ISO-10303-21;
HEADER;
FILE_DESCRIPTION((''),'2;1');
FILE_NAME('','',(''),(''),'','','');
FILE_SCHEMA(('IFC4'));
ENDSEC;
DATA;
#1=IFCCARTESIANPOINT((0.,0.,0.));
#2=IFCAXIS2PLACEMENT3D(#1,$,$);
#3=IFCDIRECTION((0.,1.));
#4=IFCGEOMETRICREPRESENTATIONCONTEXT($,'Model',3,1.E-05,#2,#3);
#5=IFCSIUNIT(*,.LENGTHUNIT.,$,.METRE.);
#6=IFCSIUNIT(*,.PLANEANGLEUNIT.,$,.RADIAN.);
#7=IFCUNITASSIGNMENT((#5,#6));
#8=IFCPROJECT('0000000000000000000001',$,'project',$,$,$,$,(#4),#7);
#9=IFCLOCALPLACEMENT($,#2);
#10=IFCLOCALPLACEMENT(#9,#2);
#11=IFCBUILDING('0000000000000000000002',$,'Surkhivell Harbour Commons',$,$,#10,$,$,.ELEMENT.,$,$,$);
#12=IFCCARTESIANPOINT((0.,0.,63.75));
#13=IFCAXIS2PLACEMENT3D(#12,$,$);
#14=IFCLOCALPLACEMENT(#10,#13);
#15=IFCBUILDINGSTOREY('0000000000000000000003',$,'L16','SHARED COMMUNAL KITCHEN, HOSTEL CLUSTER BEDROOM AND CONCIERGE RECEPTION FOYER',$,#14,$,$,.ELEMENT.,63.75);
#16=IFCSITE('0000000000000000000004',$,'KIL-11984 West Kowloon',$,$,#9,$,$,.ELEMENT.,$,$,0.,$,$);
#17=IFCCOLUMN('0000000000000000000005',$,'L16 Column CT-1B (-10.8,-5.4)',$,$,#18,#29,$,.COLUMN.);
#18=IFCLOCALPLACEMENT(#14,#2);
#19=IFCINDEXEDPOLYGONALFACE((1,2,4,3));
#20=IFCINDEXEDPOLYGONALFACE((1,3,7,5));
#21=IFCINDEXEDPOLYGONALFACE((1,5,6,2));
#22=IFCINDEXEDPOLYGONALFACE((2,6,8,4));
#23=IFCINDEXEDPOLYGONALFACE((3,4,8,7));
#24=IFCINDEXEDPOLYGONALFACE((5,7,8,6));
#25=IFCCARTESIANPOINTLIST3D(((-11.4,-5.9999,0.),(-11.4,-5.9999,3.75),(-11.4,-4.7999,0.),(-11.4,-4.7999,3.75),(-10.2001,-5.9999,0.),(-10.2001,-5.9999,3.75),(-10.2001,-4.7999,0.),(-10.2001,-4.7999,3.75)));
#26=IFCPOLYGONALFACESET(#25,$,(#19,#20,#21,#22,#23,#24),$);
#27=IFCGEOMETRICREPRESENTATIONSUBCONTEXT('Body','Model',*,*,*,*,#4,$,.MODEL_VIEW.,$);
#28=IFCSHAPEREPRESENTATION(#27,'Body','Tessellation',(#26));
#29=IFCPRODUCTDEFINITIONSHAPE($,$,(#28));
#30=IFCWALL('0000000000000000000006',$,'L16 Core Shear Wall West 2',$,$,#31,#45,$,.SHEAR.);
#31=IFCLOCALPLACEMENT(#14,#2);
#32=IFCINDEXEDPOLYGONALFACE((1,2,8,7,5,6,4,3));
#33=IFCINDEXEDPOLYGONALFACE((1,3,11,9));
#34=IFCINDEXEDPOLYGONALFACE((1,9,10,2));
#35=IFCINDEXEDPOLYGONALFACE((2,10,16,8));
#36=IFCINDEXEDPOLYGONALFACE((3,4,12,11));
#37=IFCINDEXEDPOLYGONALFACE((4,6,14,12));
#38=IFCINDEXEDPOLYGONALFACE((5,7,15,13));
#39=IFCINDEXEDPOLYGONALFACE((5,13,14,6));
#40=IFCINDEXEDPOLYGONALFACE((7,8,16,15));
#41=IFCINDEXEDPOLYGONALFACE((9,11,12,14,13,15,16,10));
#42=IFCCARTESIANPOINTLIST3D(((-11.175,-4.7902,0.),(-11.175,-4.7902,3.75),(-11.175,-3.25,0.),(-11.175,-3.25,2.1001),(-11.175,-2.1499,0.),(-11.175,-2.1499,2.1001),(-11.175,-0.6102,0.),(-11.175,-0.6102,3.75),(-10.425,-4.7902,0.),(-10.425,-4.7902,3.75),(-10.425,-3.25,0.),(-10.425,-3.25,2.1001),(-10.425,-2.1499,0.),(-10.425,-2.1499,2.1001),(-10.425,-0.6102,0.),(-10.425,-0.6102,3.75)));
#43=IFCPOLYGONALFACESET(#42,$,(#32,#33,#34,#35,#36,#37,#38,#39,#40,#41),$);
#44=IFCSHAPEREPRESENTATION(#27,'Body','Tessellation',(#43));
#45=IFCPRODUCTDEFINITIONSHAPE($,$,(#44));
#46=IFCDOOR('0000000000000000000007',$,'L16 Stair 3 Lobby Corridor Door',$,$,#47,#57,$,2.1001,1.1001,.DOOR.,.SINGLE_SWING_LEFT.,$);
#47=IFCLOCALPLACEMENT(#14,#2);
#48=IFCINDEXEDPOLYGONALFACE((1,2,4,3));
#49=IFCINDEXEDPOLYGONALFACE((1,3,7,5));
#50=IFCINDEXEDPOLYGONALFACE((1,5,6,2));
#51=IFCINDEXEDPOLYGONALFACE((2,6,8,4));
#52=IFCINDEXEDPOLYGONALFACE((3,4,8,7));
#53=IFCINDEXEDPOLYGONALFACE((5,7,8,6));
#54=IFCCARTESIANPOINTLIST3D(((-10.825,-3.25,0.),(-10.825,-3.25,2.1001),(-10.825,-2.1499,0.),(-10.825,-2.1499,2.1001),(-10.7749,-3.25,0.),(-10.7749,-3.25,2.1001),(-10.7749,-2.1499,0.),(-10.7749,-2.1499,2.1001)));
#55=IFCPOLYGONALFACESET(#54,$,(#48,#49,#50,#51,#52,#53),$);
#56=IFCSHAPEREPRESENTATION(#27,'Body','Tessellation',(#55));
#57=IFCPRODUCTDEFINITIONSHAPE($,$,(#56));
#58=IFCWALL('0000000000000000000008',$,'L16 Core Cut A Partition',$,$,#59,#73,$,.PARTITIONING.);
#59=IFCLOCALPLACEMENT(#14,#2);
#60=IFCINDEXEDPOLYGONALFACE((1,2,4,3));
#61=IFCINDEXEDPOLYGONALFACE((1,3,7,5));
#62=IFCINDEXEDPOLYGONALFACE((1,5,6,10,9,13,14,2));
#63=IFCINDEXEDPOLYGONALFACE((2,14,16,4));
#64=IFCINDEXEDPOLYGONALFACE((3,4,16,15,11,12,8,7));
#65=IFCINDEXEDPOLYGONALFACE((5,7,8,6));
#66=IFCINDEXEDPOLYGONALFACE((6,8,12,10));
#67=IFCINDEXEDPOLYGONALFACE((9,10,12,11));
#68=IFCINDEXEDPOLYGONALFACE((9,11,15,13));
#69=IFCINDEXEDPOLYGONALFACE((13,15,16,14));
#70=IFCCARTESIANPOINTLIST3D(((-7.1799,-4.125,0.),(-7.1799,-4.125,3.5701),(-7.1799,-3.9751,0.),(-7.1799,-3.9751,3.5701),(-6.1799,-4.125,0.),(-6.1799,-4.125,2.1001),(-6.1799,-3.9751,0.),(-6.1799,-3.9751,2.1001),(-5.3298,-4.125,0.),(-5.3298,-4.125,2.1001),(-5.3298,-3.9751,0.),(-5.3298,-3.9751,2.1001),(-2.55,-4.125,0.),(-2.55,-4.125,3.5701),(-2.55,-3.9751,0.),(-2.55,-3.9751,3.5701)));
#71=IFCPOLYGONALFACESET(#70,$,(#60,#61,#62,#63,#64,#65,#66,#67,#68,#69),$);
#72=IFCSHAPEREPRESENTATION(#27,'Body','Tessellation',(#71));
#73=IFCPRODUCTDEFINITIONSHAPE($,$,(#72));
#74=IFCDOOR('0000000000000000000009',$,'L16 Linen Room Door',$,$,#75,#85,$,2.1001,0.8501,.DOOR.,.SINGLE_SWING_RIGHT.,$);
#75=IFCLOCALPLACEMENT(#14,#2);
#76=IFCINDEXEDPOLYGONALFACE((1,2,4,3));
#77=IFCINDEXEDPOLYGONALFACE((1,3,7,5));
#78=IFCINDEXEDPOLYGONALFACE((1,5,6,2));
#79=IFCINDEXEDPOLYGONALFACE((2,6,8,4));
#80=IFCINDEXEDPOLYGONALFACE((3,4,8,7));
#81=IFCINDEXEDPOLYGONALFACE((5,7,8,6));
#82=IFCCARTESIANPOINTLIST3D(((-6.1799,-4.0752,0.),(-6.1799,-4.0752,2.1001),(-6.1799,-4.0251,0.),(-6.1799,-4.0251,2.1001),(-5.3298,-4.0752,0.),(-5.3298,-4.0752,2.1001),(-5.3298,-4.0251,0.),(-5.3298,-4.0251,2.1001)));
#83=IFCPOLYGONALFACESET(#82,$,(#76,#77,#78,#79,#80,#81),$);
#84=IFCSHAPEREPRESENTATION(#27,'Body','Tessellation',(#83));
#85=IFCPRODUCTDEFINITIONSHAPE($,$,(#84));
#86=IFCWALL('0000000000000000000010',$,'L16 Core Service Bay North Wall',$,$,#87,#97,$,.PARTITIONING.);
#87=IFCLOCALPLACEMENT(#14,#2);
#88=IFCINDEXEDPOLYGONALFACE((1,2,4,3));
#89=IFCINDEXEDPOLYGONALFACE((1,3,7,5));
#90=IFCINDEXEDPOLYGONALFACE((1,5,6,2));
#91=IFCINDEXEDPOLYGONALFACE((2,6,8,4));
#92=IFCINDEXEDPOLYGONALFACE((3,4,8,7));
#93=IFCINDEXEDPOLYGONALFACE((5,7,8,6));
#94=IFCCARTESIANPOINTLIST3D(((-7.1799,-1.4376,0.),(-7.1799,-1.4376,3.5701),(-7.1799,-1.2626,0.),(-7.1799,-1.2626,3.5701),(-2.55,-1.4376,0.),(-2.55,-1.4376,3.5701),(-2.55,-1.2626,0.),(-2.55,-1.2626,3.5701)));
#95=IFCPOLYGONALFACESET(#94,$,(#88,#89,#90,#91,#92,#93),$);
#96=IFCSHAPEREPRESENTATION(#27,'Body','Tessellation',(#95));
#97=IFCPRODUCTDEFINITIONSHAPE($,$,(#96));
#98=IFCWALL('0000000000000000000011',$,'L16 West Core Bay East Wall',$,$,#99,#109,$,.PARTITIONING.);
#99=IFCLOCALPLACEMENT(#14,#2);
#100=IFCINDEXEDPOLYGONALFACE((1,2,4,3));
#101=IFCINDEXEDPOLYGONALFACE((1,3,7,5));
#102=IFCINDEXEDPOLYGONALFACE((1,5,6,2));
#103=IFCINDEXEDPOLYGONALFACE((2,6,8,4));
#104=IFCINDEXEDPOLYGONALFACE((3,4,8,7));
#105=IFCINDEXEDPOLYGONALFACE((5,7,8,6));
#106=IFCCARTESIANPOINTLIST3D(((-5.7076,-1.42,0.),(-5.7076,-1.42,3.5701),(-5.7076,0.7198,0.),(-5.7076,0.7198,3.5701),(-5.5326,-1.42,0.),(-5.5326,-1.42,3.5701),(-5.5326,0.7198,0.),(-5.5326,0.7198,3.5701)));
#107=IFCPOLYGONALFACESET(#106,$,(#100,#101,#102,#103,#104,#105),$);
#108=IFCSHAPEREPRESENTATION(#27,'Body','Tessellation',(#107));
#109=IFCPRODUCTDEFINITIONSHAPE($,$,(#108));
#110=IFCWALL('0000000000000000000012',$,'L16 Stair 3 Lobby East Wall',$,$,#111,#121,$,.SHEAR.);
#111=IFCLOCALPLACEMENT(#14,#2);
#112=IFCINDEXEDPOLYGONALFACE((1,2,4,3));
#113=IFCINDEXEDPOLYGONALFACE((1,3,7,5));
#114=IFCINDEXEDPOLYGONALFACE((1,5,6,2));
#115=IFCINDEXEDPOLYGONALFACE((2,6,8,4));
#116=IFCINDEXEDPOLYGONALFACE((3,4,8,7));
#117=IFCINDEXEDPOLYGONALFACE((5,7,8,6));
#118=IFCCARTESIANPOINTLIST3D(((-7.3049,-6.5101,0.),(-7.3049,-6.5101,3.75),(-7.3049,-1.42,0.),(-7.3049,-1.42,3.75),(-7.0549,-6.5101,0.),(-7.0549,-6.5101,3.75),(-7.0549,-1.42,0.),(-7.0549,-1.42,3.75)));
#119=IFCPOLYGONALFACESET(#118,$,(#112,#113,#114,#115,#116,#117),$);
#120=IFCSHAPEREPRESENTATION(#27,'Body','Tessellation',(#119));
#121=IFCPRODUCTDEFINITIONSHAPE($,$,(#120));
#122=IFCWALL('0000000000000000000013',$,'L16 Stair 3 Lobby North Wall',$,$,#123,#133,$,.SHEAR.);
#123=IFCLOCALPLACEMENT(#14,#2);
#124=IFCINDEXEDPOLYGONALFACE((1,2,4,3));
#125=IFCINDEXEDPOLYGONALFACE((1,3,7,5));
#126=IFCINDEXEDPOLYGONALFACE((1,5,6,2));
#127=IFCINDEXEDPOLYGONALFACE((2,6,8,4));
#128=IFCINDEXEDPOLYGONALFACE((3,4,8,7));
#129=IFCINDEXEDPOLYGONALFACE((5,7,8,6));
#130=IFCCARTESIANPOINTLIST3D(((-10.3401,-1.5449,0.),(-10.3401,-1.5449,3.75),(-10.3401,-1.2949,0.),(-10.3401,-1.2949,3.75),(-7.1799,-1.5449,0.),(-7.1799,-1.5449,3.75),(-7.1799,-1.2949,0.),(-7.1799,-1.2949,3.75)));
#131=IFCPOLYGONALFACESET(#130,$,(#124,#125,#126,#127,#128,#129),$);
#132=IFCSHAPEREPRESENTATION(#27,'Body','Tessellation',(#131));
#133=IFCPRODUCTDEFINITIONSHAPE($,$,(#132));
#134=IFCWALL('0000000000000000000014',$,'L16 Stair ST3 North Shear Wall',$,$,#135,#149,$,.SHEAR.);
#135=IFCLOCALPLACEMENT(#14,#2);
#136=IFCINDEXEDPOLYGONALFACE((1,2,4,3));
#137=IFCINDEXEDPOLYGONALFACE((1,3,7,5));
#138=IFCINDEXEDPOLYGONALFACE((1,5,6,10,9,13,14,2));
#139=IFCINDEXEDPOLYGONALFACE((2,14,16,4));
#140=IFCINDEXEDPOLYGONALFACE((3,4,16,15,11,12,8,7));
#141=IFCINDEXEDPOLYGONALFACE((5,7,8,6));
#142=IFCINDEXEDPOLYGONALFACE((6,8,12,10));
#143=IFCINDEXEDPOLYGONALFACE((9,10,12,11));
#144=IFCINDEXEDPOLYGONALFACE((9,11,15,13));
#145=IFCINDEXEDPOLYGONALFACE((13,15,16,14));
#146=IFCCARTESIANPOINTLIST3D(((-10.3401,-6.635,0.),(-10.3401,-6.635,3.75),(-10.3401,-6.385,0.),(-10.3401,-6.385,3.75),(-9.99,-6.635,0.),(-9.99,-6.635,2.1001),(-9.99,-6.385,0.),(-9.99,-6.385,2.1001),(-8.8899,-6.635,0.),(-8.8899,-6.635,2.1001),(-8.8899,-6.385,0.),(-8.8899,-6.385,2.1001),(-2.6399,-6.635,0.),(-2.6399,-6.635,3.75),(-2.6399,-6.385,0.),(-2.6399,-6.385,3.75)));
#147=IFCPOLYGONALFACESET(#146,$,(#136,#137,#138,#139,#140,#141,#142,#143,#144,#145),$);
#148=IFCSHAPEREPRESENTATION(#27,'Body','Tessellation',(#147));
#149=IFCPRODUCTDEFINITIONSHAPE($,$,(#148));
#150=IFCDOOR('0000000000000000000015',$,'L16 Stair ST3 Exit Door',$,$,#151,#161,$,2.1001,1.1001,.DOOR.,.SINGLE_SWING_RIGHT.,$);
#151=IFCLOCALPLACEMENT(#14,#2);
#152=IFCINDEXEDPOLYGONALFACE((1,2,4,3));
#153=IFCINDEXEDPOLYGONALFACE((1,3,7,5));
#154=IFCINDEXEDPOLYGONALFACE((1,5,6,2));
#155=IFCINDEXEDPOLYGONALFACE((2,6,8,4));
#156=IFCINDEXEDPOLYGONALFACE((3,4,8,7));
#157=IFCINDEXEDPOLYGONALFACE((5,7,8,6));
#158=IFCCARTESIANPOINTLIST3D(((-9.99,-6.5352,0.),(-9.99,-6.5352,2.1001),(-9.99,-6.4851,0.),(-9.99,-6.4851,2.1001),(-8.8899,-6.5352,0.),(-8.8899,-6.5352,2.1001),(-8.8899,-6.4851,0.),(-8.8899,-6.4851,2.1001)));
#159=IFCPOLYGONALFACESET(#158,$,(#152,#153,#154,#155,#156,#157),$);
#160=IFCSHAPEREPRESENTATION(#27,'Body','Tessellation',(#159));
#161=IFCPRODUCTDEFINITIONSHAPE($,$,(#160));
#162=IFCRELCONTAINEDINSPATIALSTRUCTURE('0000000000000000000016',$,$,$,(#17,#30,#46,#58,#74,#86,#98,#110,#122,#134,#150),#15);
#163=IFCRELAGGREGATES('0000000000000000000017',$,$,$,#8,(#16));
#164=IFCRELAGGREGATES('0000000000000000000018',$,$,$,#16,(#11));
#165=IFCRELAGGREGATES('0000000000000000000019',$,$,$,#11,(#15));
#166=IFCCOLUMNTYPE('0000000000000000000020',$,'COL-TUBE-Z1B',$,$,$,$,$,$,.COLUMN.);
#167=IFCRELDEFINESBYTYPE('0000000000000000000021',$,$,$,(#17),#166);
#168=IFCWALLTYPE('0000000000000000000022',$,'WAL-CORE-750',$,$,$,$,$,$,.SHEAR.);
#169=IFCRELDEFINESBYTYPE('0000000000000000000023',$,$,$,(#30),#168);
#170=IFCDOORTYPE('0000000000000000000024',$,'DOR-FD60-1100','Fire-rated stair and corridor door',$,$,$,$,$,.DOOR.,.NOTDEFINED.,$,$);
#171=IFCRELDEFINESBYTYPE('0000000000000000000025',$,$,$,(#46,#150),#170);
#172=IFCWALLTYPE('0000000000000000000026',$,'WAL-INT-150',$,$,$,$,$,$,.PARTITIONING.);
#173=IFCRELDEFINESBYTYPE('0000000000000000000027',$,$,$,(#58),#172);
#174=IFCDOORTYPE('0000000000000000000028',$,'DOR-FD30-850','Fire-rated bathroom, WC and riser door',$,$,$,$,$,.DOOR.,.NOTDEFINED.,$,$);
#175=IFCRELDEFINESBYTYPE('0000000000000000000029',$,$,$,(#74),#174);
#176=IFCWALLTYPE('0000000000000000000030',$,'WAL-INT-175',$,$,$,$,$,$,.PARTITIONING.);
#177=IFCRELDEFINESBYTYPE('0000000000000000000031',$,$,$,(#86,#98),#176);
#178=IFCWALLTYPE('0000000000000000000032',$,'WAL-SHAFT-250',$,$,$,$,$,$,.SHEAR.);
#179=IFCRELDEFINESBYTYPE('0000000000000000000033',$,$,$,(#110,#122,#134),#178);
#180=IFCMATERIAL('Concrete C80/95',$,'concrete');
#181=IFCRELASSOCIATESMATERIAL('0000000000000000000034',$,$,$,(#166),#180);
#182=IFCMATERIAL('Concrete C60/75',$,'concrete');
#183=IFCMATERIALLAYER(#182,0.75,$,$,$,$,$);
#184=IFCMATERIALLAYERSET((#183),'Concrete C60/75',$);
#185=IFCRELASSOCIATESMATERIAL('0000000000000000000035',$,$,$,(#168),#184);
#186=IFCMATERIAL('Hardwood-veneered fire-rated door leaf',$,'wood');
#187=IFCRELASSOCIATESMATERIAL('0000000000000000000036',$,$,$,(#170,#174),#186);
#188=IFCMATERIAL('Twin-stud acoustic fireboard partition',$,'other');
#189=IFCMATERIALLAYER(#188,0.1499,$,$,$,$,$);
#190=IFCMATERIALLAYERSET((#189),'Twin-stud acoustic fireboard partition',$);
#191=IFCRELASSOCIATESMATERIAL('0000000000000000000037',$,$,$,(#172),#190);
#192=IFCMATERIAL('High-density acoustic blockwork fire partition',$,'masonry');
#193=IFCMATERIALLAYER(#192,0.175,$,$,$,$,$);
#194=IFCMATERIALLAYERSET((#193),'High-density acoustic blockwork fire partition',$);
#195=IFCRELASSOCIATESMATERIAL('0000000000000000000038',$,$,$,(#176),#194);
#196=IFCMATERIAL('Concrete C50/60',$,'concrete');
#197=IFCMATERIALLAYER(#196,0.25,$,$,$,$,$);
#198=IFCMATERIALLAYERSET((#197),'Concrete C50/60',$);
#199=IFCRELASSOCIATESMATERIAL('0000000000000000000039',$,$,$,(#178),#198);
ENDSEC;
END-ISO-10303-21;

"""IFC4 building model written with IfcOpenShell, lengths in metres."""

from ifc_helpers import new_model, si_unit, direction, frame, frame_2d, origin, origin_2d, place, context, subcontext, project, spatial, rectangle, extrude, material, layer, layer_set, material_profile, profile_set, type_object, element, fill, save


model = new_model("IFC4")

# Units and contexts
model_context = context("Model", 3, precision=1e-05, world=origin(), true_north=direction((0.0, 1.0)))
body_context = subcontext(model_context, "Body", "Model", "MODEL_VIEW")
ifc_project = project(units=[si_unit("LENGTHUNIT", "METRE"), si_unit("PLANEANGLEUNIT", "RADIAN")], contexts=[model_context])

# Site, building, storey
site_placement = place(None, origin())
site = spatial("IfcSite", under=ifc_project, at=site_placement, Name="KIL-11984 West Kowloon", CompositionType="ELEMENT", RefElevation=0.0)
building_placement = place(site_placement, origin())
building = spatial("IfcBuilding", under=site, at=building_placement, Name="Surkhivell Harbour Commons", CompositionType="ELEMENT")
storey_placement = place(building_placement, frame((0.0, 0.0, 63.75)))
storey = spatial("IfcBuildingStorey", under=building, at=storey_placement, Name="L16", Description="SHARED COMMUNAL KITCHEN, HOSTEL CLUSTER BEDROOM AND CONCIERGE RECEPTION FOYER", CompositionType="ELEMENT", Elevation=63.75)

# Column
ifc_material_1 = material(Name="Concrete C80/95", Category="concrete")
ifc_material_profile = material_profile(ifc_material_1, rectangle(XDim=1.2, YDim=1.2, at=origin_2d()), Name="RC-COL-1200x1200")
ifc_profile_set = profile_set([ifc_material_profile], Name="Concrete C80/95")
column_type = type_object("IfcColumnType", Name="COL-TUBE-Z1B", PredefinedType="COLUMN", material=ifc_profile_set)
column_placement = place(storey_placement, frame((-10.8, -5.3999, 0.0), z_axis=(0.0, 0.0, 1.0), x_axis=(1.0, 0.0, 0.0)))
element("IfcColumn", 1, at=column_placement, inside=storey, type_object=column_type, Name="L16 Column CT-1B (-10.8,-5.4)", PredefinedType="COLUMN", context=body_context, shape_type="SweptSolid", body=[
    extrude(rectangle(XDim=1.2, YDim=1.2, at=origin_2d()), origin(), (0.0, 0.0, 1.0), 3.75),
])

# Walls, openings, doors
ifc_material_2 = material(Name="Concrete C60/75", Category="concrete")
ifc_layer_1 = layer(ifc_material_2, 0.75)
ifc_layer_set_1 = layer_set([ifc_layer_1], Name="Concrete C60/75")
wall_type_1 = type_object("IfcWallType", Name="WAL-CORE-750", PredefinedType="SHEAR", material=ifc_layer_set_1)
wall_1_placement = place(storey_placement, frame((-10.8, -4.79, 0.0), z_axis=(0.0, 0.0, 1.0), x_axis=(0.0, 1.0, 0.0)))
wall_1 = element("IfcWall", 2, at=wall_1_placement, inside=storey, type_object=wall_type_1, Name="L16 Core Shear Wall West 2", PredefinedType="SHEAR", context=body_context, shape_type="SweptSolid", body=[
    extrude(rectangle(XDim=4.1799, YDim=0.75, at=frame_2d((2.0898, 0.0))), origin(), (0.0, 0.0, 1.0), 3.75),
])
opening_1_placement = place(wall_1_placement, frame((1.54, 0.0, 0.0)))
opening_1 = element("IfcOpeningElement", 3, at=opening_1_placement, cuts=wall_1, PredefinedType="OPENING", context=body_context, shape_type="SweptSolid", body=[
    extrude(rectangle(XDim=1.1001, YDim=2.1001, at=frame_2d((0.55, 1.05))), frame((0.0, 0.385, 0.0), z_axis=(0.0, -1.0, 0.0), x_axis=(1.0, 0.0, 0.0)), (0.0, 0.0, 1.0), 0.77),
])
ifc_material_3 = material(Name="Hardwood-veneered fire-rated door leaf", Category="wood")
door_type_1 = type_object("IfcDoorType", Name="DOR-FD60-1100", Description="Fire-rated stair and corridor door", OperationType="NOTDEFINED", PredefinedType="DOOR", material=ifc_material_3)
door_1_placement = place(opening_1_placement, origin())
door_1 = element("IfcDoor", 4, at=door_1_placement, inside=storey, type_object=door_type_1, Name="L16 Stair 3 Lobby Corridor Door", OperationType="SINGLE_SWING_LEFT", OverallHeight=2.1001, OverallWidth=1.1001, PredefinedType="DOOR", context=body_context, shape_type="SweptSolid", body=[
    extrude(rectangle(XDim=1.1001, YDim=2.1001, at=frame_2d((0.55, 1.05))), frame((0.0, 0.0249, 0.0), z_axis=(0.0, -1.0, 0.0), x_axis=(1.0, 0.0, 0.0)), (0.0, 0.0, 1.0), 0.05),
])
fill(opening_1, door_1)
ifc_material_4 = material(Name="Twin-stud acoustic fireboard partition", Category="other")
ifc_layer_2 = layer(ifc_material_4, 0.1499)
ifc_layer_set_2 = layer_set([ifc_layer_2], Name="Twin-stud acoustic fireboard partition")
wall_type_2 = type_object("IfcWallType", Name="WAL-INT-150", PredefinedType="PARTITIONING", material=ifc_layer_set_2)
wall_2_placement = place(storey_placement, frame((-7.1799, -4.05, 0.0), z_axis=(0.0, 0.0, 1.0), x_axis=(1.0, 0.0, 0.0)))
wall_2 = element("IfcWall", 5, at=wall_2_placement, inside=storey, type_object=wall_type_2, Name="L16 Core Cut A Partition", PredefinedType="PARTITIONING", context=body_context, shape_type="SweptSolid", body=[
    extrude(rectangle(XDim=4.6299, YDim=0.1499, at=frame_2d((2.3149, 0.0))), origin(), (0.0, 0.0, 1.0), 3.5701),
])
opening_2_placement = place(wall_2_placement, frame((1.0, 0.0, 0.0)))
opening_2 = element("IfcOpeningElement", 6, at=opening_2_placement, cuts=wall_2, PredefinedType="OPENING", context=body_context, shape_type="SweptSolid", body=[
    extrude(rectangle(XDim=0.8501, YDim=2.1001, at=frame_2d((0.425, 1.05))), frame((0.0, 0.085, 0.0), z_axis=(0.0, -1.0, 0.0), x_axis=(1.0, 0.0, 0.0)), (0.0, 0.0, 1.0), 0.1699),
])
door_type_2 = type_object("IfcDoorType", Name="DOR-FD30-850", Description="Fire-rated bathroom, WC and riser door", OperationType="NOTDEFINED", PredefinedType="DOOR", material=ifc_material_3)
door_2_placement = place(opening_2_placement, origin())
door_2 = element("IfcDoor", 7, at=door_2_placement, inside=storey, type_object=door_type_2, Name="L16 Linen Room Door", OperationType="SINGLE_SWING_RIGHT", OverallHeight=2.1001, OverallWidth=0.8501, PredefinedType="DOOR", context=body_context, shape_type="SweptSolid", body=[
    extrude(rectangle(XDim=0.8501, YDim=2.1001, at=frame_2d((0.425, 1.05))), frame((0.0, 0.0249, 0.0), z_axis=(0.0, -1.0, 0.0), x_axis=(1.0, 0.0, 0.0)), (0.0, 0.0, 1.0), 0.05),
])
fill(opening_2, door_2)

# Walls
ifc_material_5 = material(Name="High-density acoustic blockwork fire partition", Category="masonry")
ifc_layer_3 = layer(ifc_material_5, 0.175)
ifc_layer_set_3 = layer_set([ifc_layer_3], Name="High-density acoustic blockwork fire partition")
wall_type_3 = type_object("IfcWallType", Name="WAL-INT-175", PredefinedType="PARTITIONING", material=ifc_layer_set_3)
wall_3_placement = place(storey_placement, frame((-7.1799, -1.3501, 0.0), z_axis=(0.0, 0.0, 1.0), x_axis=(1.0, 0.0, 0.0)))
element("IfcWall", 8, at=wall_3_placement, inside=storey, type_object=wall_type_3, Name="L16 Core Service Bay North Wall", PredefinedType="PARTITIONING", context=body_context, shape_type="SweptSolid", body=[
    extrude(rectangle(XDim=4.6299, YDim=0.175, at=frame_2d((2.3149, 0.0))), origin(), (0.0, 0.0, 1.0), 3.5701),
])
wall_4_placement = place(storey_placement, frame((-5.6201, -1.4199, 0.0), z_axis=(0.0, 0.0, 1.0), x_axis=(0.0, 1.0, 0.0)))
element("IfcWall", 9, at=wall_4_placement, inside=storey, type_object=wall_type_3, Name="L16 West Core Bay East Wall", PredefinedType="PARTITIONING", context=body_context, shape_type="SweptSolid", body=[
    extrude(rectangle(XDim=2.1399, YDim=0.175, at=frame_2d((1.0698, 0.0))), origin(), (0.0, 0.0, 1.0), 3.5701),
])
ifc_material_6 = material(Name="Concrete C50/60", Category="concrete")
ifc_layer_4 = layer(ifc_material_6, 0.25)
ifc_layer_set_4 = layer_set([ifc_layer_4], Name="Concrete C50/60")
wall_type_4 = type_object("IfcWallType", Name="WAL-SHAFT-250", PredefinedType="SHEAR", material=ifc_layer_set_4)
wall_5_placement = place(storey_placement, frame((-7.1799, -6.51, 0.0), z_axis=(0.0, 0.0, 1.0), x_axis=(0.0, 1.0, 0.0)))
element("IfcWall", 10, at=wall_5_placement, inside=storey, type_object=wall_type_4, Name="L16 Stair 3 Lobby East Wall", PredefinedType="SHEAR", context=body_context, shape_type="SweptSolid", body=[
    extrude(rectangle(XDim=5.0901, YDim=0.25, at=frame_2d((2.5449, 0.0))), origin(), (0.0, 0.0, 1.0), 3.75),
])
wall_6_placement = place(storey_placement, frame((-10.3401, -1.4199, 0.0), z_axis=(0.0, 0.0, 1.0), x_axis=(1.0, 0.0, 0.0)))
element("IfcWall", 11, at=wall_6_placement, inside=storey, type_object=wall_type_4, Name="L16 Stair 3 Lobby North Wall", PredefinedType="SHEAR", context=body_context, shape_type="SweptSolid", body=[
    extrude(rectangle(XDim=3.1602, YDim=0.25, at=frame_2d((1.5801, 0.0))), origin(), (0.0, 0.0, 1.0), 3.75),
])

# Wall, opening, door
wall_7_placement = place(storey_placement, frame((-10.3401, -6.51, 0.0), z_axis=(0.0, 0.0, 1.0), x_axis=(1.0, 0.0, 0.0)))
wall_7 = element("IfcWall", 12, at=wall_7_placement, inside=storey, type_object=wall_type_4, Name="L16 Stair ST3 North Shear Wall", PredefinedType="SHEAR", context=body_context, shape_type="SweptSolid", body=[
    extrude(rectangle(XDim=7.7002, YDim=0.25, at=frame_2d((3.8501, 0.0))), origin(), (0.0, 0.0, 1.0), 3.75),
])
opening_3_placement = place(wall_7_placement, frame((0.3501, 0.0, 0.0)))
opening_3 = element("IfcOpeningElement", 13, at=opening_3_placement, cuts=wall_7, PredefinedType="OPENING", context=body_context, shape_type="SweptSolid", body=[
    extrude(rectangle(XDim=1.1001, YDim=2.1001, at=frame_2d((0.55, 1.05))), frame((0.0, 0.135, 0.0), z_axis=(0.0, -1.0, 0.0), x_axis=(1.0, 0.0, 0.0)), (0.0, 0.0, 1.0), 0.27),
])
door_3_placement = place(opening_3_placement, origin())
door_3 = element("IfcDoor", 14, at=door_3_placement, inside=storey, type_object=door_type_1, Name="L16 Stair ST3 Exit Door", OperationType="SINGLE_SWING_RIGHT", OverallHeight=2.1001, OverallWidth=1.1001, PredefinedType="DOOR", context=body_context, shape_type="SweptSolid", body=[
    extrude(rectangle(XDim=1.1001, YDim=2.1001, at=frame_2d((0.55, 1.05))), frame((0.0, 0.0249, 0.0), z_axis=(0.0, -1.0, 0.0), x_axis=(1.0, 0.0, 0.0)), (0.0, 0.0, 1.0), 0.05),
])
fill(opening_3, door_3)

save(model, "model.ifc")
